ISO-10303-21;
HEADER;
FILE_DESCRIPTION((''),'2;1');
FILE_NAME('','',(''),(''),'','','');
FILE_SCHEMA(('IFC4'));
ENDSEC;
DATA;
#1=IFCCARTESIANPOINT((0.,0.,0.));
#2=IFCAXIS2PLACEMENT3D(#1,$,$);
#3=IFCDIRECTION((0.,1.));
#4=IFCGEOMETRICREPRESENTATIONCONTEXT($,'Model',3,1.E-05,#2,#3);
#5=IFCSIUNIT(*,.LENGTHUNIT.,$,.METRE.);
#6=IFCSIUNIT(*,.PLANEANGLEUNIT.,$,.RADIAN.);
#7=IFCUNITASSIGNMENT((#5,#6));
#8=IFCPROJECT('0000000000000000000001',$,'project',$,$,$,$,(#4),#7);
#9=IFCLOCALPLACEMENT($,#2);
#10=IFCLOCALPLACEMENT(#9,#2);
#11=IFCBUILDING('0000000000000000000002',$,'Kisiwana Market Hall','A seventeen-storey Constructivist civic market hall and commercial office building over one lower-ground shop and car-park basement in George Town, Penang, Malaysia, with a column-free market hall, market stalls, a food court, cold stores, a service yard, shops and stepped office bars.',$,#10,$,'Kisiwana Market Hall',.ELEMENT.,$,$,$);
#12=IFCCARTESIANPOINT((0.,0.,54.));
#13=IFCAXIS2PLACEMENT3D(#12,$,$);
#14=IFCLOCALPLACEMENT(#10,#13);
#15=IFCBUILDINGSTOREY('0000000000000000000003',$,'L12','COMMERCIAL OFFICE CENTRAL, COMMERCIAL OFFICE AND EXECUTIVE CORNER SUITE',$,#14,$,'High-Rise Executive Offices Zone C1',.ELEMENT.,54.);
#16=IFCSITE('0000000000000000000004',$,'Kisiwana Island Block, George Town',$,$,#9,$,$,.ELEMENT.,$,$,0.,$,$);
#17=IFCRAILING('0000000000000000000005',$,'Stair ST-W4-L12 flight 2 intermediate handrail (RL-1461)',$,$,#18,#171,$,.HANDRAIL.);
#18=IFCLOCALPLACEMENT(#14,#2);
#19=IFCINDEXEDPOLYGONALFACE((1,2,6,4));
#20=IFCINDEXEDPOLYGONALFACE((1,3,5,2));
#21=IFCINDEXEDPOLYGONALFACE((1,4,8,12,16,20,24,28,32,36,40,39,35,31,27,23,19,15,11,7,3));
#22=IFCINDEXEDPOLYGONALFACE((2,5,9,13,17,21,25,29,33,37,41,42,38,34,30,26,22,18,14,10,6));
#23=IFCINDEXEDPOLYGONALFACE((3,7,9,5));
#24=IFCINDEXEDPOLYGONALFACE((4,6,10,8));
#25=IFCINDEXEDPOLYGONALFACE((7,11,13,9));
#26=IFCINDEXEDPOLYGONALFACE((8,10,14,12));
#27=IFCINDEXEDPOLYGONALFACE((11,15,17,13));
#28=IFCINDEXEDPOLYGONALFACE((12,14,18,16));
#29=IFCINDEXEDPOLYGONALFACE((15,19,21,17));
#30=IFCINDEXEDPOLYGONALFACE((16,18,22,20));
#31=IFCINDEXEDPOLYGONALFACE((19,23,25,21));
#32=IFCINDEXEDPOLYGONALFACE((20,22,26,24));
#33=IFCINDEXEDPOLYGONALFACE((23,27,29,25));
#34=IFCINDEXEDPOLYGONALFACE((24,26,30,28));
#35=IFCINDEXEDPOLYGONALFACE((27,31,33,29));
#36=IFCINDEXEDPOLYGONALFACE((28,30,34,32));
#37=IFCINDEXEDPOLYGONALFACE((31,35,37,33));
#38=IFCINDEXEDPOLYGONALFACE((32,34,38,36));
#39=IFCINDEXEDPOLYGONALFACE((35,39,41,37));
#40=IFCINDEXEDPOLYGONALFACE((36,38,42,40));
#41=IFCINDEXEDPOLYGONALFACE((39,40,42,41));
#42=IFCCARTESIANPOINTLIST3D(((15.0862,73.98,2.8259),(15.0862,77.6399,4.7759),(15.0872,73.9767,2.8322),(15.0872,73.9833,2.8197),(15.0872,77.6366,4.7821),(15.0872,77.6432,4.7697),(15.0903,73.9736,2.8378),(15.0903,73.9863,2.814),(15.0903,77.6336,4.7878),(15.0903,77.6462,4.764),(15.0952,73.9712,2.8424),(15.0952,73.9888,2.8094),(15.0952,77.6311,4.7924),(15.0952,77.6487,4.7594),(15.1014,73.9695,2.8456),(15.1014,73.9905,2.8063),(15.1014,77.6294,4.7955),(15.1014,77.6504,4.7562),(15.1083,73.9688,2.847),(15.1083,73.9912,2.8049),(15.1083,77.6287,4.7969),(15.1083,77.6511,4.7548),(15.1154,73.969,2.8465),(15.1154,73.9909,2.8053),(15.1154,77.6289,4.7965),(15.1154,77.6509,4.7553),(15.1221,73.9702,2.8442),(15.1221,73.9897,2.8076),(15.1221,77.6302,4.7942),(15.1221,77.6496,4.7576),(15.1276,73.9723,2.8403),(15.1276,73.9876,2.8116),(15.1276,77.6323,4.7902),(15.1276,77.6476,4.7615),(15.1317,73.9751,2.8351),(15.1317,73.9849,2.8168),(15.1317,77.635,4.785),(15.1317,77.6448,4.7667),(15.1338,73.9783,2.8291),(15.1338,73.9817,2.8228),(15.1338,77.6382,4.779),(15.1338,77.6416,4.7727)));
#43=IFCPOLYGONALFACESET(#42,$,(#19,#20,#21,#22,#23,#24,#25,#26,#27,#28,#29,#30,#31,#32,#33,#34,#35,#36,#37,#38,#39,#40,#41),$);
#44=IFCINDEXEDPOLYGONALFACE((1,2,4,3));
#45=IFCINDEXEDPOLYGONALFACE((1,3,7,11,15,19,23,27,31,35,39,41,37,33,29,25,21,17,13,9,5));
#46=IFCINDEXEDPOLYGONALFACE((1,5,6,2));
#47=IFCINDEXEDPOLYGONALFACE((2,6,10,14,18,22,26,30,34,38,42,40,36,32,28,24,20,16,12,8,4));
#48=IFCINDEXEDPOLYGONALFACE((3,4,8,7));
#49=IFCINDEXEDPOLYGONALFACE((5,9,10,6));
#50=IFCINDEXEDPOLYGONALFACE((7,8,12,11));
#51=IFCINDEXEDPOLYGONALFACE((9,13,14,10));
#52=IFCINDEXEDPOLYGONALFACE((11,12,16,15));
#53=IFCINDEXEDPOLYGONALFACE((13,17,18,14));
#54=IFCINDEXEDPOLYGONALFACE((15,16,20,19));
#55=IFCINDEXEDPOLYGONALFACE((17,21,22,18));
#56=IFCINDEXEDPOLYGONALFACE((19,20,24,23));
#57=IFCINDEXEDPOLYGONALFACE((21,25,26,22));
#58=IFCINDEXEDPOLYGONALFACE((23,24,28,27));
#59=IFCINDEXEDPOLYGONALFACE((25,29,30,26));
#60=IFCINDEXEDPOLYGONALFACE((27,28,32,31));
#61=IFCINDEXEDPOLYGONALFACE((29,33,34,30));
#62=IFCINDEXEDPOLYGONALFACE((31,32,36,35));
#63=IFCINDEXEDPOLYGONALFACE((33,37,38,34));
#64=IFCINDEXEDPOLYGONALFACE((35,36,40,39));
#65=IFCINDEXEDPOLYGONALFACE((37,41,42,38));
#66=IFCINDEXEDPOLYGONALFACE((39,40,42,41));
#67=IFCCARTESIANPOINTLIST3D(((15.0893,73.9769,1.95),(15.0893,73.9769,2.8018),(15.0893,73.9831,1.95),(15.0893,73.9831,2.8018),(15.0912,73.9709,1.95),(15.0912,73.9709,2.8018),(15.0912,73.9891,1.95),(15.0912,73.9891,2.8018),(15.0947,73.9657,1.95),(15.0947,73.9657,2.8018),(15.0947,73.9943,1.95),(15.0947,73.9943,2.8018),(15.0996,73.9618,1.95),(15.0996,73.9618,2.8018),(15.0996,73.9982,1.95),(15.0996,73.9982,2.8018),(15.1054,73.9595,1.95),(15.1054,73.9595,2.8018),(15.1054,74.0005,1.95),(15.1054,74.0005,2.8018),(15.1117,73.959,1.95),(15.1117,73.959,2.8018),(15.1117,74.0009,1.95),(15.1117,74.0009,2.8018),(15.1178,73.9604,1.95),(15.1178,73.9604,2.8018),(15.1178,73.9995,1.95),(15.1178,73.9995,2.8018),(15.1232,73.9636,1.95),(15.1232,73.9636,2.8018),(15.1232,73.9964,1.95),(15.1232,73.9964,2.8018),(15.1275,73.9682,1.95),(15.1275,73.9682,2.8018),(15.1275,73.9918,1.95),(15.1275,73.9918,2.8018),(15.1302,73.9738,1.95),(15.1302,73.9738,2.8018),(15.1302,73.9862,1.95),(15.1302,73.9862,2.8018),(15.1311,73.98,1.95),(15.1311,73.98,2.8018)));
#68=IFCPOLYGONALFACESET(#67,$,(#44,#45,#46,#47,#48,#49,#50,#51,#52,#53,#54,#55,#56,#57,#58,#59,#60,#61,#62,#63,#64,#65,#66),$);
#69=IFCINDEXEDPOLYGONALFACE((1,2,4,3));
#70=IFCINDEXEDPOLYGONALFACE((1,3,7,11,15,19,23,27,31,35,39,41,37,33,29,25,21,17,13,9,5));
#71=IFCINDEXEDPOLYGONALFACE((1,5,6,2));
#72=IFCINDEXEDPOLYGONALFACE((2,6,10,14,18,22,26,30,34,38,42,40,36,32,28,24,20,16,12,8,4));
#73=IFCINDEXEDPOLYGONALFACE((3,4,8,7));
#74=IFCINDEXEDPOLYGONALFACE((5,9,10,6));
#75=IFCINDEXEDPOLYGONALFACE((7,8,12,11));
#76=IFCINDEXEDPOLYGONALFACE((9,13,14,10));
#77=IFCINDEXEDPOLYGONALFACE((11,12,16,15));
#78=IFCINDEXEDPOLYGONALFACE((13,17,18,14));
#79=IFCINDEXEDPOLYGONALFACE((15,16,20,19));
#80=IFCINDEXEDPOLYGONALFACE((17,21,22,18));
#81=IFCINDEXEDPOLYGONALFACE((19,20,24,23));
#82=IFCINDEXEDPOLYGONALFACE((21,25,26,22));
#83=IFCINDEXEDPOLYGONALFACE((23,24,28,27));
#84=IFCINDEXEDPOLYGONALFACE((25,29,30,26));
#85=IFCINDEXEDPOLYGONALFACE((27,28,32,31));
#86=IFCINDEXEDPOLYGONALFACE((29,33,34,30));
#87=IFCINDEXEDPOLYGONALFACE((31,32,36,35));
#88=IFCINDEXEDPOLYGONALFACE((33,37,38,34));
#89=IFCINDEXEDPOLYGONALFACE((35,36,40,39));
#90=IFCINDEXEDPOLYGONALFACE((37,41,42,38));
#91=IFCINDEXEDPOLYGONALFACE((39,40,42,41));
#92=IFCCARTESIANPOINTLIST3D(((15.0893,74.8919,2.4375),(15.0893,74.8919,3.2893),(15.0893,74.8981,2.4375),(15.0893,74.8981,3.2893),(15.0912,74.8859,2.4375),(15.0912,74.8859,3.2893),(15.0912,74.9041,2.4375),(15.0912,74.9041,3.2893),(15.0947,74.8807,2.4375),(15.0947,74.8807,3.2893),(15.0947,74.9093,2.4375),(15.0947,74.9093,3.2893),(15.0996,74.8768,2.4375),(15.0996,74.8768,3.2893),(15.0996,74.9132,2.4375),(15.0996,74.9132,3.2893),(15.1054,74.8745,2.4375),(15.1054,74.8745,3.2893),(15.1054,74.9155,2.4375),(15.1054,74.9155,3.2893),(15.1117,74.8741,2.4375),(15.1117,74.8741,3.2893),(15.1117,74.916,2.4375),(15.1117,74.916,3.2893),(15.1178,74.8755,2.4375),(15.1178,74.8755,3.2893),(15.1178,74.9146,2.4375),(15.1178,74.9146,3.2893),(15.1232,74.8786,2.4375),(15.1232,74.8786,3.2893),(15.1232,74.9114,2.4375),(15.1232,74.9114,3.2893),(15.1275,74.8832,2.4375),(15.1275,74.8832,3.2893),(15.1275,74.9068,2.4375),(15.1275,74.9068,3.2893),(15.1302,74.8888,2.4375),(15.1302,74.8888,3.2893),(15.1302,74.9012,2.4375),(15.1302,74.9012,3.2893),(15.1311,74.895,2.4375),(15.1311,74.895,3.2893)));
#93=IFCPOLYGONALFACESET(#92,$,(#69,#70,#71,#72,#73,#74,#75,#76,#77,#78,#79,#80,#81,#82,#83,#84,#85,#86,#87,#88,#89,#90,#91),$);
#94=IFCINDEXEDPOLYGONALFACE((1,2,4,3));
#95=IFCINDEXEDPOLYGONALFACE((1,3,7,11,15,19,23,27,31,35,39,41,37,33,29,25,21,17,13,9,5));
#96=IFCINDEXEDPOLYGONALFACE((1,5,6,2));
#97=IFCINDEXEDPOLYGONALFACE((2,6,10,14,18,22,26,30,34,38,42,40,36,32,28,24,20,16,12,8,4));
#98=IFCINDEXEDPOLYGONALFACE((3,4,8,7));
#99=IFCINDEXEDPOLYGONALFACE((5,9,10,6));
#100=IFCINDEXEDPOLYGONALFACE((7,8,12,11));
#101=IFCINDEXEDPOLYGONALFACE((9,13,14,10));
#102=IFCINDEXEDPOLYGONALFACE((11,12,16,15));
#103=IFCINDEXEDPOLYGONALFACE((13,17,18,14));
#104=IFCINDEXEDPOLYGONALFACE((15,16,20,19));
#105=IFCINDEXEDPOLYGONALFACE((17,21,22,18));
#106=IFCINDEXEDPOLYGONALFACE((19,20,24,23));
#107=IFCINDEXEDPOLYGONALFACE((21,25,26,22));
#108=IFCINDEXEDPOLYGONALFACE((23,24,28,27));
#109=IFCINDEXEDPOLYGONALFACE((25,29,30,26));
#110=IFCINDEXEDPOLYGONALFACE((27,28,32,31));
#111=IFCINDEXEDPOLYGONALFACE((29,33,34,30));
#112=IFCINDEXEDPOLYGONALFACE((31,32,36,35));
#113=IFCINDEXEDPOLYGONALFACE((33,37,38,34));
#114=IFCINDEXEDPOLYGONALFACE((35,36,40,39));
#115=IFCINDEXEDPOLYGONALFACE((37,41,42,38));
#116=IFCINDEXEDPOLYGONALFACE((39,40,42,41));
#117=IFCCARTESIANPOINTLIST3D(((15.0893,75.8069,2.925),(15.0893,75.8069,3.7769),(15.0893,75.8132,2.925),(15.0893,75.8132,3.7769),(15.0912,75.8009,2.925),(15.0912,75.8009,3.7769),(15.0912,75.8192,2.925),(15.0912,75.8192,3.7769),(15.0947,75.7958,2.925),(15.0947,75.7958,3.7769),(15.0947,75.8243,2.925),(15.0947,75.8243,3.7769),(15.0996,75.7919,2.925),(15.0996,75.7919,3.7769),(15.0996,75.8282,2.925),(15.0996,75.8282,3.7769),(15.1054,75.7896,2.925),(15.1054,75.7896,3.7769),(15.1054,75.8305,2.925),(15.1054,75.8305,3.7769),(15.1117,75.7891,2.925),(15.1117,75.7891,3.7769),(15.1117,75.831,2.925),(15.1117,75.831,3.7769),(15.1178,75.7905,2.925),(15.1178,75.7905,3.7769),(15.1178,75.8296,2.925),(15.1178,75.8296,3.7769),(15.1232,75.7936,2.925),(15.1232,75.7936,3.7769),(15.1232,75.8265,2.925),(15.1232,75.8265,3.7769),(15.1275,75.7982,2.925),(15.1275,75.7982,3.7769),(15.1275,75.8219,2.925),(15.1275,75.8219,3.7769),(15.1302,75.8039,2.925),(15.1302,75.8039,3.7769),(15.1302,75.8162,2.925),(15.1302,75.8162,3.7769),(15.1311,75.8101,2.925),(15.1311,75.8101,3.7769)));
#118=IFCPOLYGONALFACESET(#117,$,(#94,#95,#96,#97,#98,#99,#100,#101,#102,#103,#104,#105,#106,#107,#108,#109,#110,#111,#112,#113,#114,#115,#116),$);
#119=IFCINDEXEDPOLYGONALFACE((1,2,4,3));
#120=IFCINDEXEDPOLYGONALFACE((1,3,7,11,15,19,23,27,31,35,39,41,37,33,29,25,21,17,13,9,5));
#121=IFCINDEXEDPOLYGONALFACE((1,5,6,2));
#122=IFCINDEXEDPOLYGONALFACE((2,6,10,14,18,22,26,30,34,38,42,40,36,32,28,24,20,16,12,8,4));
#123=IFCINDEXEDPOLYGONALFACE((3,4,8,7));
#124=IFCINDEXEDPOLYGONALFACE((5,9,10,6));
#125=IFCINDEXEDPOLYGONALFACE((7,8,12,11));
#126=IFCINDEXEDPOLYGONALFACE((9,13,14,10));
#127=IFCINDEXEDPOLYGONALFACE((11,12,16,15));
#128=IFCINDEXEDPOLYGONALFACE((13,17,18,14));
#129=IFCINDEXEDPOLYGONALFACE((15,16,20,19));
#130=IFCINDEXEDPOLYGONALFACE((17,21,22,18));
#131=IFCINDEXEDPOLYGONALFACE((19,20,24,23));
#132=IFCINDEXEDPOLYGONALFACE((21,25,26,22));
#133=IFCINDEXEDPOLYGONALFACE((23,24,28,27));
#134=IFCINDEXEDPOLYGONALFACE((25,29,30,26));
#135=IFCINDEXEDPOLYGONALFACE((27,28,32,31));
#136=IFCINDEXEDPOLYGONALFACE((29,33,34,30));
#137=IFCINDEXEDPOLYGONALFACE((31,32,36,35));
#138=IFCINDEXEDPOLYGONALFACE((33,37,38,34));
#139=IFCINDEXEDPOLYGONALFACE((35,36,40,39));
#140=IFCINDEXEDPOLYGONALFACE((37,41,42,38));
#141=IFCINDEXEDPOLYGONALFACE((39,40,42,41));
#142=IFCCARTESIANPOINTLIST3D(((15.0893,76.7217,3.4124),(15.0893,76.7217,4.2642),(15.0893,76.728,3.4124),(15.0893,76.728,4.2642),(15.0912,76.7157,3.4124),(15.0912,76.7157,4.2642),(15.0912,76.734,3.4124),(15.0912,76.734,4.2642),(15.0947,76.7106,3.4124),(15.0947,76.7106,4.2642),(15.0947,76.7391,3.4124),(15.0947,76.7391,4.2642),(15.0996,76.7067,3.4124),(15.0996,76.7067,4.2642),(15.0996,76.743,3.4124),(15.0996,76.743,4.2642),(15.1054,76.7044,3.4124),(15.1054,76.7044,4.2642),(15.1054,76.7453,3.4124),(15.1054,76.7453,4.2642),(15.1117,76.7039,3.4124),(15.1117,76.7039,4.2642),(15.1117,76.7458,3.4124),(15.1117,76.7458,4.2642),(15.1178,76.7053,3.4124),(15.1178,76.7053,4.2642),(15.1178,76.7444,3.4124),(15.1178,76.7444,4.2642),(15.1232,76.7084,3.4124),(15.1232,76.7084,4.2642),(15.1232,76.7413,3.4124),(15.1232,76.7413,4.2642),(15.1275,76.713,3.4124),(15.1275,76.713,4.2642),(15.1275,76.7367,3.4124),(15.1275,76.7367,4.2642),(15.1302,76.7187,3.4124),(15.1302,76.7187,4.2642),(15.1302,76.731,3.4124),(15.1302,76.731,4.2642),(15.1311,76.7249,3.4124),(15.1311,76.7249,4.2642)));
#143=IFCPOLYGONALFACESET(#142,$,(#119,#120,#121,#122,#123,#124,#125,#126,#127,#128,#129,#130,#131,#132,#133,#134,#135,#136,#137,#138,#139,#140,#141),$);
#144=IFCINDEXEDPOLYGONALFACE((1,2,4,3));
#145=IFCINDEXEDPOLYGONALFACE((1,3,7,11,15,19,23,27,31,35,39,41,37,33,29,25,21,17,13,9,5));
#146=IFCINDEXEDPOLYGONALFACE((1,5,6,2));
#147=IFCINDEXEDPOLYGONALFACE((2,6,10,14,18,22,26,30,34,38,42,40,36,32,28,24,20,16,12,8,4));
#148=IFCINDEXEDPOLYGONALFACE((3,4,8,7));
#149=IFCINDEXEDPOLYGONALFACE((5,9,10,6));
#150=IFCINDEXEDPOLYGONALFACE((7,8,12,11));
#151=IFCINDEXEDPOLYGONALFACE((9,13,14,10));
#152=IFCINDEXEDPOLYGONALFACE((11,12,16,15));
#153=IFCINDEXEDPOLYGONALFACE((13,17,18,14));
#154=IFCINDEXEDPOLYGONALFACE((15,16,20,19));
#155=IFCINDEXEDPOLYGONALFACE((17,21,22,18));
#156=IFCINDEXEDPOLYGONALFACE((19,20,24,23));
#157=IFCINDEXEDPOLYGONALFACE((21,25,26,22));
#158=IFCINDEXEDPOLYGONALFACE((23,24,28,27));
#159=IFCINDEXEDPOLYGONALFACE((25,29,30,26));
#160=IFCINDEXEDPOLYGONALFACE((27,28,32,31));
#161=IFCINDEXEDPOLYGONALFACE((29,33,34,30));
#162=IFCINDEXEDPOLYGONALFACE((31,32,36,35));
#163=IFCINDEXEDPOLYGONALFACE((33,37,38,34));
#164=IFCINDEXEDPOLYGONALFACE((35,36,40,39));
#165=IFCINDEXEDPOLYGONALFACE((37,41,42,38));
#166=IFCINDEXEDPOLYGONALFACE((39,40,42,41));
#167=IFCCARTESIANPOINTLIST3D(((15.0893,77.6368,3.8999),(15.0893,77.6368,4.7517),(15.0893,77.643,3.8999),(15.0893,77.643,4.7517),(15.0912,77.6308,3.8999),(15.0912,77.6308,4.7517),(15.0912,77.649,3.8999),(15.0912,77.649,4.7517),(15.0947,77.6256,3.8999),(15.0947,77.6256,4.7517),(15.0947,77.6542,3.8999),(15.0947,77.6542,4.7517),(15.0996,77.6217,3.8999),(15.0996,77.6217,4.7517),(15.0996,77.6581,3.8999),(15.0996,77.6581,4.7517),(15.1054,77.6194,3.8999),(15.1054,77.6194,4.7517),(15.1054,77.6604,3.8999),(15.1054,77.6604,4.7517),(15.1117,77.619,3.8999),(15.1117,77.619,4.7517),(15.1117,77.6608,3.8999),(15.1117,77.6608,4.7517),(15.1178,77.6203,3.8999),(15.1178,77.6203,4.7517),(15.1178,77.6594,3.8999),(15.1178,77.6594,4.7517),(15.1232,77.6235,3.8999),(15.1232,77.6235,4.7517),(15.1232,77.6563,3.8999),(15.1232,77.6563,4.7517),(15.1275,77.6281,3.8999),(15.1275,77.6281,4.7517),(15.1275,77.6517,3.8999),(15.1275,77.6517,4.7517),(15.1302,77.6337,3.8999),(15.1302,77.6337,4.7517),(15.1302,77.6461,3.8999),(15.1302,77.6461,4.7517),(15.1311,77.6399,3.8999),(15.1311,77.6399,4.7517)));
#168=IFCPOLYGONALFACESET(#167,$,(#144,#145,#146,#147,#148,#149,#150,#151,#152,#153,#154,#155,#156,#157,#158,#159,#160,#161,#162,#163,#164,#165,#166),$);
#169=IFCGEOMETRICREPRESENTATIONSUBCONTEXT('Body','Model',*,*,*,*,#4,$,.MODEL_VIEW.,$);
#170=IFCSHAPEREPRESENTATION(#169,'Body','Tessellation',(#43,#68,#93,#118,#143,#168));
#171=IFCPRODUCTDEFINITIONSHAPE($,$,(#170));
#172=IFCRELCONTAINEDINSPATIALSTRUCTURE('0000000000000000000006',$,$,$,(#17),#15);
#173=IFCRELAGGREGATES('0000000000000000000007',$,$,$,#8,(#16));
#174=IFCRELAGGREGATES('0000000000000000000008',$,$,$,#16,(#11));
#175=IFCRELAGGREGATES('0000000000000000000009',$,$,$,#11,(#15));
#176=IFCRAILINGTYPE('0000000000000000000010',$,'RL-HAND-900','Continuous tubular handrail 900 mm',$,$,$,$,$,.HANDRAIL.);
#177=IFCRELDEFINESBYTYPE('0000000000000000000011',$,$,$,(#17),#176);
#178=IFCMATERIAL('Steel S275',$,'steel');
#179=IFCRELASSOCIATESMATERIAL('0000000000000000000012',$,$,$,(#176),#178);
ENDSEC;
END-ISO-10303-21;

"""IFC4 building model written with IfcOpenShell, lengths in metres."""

from ifc_helpers import new_model, si_unit, direction, frame, origin, origin_2d, place, context, subcontext, project, spatial, circle, extrude, material, type_object, element, save


model = new_model("IFC4")

# Units and contexts
model_context = context("Model", 3, precision=1e-05, world=origin(), true_north=direction((0.0, 1.0)))
body_context = subcontext(model_context, "Body", "Model", "MODEL_VIEW")
ifc_project = project(units=[si_unit("LENGTHUNIT", "METRE"), si_unit("PLANEANGLEUNIT", "RADIAN")], contexts=[model_context])

# Site, building, storey
site_placement = place(None, origin())
site = spatial("IfcSite", under=ifc_project, at=site_placement, Name="Kisiwana Island Block, George Town", CompositionType="ELEMENT", RefElevation=0.0)
building_placement = place(site_placement, origin())
building = spatial("IfcBuilding", under=site, at=building_placement, Name="Kisiwana Market Hall", Description="A seventeen-storey Constructivist civic market hall and commercial office building over one lower-ground shop and car-park basement in George Town, Penang, Malaysia, with a column-free market hall, market stalls, a food court, cold stores, a service yard, shops and stepped office bars.", LongName="Kisiwana Market Hall", CompositionType="ELEMENT")
storey_placement = place(building_placement, frame((0.0, 0.0, 54.0)))
storey = spatial("IfcBuildingStorey", under=building, at=storey_placement, Name="L12", Description="COMMERCIAL OFFICE CENTRAL, COMMERCIAL OFFICE AND EXECUTIVE CORNER SUITE", LongName="High-Rise Executive Offices Zone C1", CompositionType="ELEMENT", Elevation=54.0)

# Railing
ifc_material_1 = material(Name="Steel S275", Category="steel")
railing_type_1 = type_object("IfcRailingType", Name="RL-HAND-900", Description="Continuous tubular handrail 900 mm", PredefinedType="HANDRAIL", material=ifc_material_1)
for number, where, name in (
    (1, (15.1101, 73.98, 1.95), "Stair ST-W4-L12 flight 2 intermediate handrail (RL-1461)"),
):
    element("IfcRailing", number, at=place(storey_placement, frame(where)), inside=storey, type_object=railing_type_1, Name=name, PredefinedType="HANDRAIL", context=body_context, shape_type="SweptSolid", body=[
        extrude(circle(Radius=0.0239, at=origin_2d()), frame((0.0, 0.0, 0.876), z_axis=(0.0, 0.882553, 0.470212), x_axis=(-1.0, 0.0, 0.0)), (0.0, 0.0, 1.0), 4.147),
        extrude(circle(Radius=0.021, at=origin_2d()), origin(), (0.0, 0.0, 1.0), 0.8518),
        extrude(circle(Radius=0.021, at=origin_2d()), frame((0.0, 0.915, 0.4875)), (0.0, 0.0, 1.0), 0.8518),
        extrude(circle(Radius=0.021, at=origin_2d()), frame((0.0, 1.8301, 0.9751)), (0.0, 0.0, 1.0), 0.8518),
        extrude(circle(Radius=0.021, at=origin_2d()), frame((0.0, 2.7449, 1.4624)), (0.0, 0.0, 1.0), 0.8518),
        extrude(circle(Radius=0.021, at=origin_2d()), frame((0.0, 3.6599, 1.95)), (0.0, 0.0, 1.0), 0.8518),
    ])

save(model, "model.ifc")
